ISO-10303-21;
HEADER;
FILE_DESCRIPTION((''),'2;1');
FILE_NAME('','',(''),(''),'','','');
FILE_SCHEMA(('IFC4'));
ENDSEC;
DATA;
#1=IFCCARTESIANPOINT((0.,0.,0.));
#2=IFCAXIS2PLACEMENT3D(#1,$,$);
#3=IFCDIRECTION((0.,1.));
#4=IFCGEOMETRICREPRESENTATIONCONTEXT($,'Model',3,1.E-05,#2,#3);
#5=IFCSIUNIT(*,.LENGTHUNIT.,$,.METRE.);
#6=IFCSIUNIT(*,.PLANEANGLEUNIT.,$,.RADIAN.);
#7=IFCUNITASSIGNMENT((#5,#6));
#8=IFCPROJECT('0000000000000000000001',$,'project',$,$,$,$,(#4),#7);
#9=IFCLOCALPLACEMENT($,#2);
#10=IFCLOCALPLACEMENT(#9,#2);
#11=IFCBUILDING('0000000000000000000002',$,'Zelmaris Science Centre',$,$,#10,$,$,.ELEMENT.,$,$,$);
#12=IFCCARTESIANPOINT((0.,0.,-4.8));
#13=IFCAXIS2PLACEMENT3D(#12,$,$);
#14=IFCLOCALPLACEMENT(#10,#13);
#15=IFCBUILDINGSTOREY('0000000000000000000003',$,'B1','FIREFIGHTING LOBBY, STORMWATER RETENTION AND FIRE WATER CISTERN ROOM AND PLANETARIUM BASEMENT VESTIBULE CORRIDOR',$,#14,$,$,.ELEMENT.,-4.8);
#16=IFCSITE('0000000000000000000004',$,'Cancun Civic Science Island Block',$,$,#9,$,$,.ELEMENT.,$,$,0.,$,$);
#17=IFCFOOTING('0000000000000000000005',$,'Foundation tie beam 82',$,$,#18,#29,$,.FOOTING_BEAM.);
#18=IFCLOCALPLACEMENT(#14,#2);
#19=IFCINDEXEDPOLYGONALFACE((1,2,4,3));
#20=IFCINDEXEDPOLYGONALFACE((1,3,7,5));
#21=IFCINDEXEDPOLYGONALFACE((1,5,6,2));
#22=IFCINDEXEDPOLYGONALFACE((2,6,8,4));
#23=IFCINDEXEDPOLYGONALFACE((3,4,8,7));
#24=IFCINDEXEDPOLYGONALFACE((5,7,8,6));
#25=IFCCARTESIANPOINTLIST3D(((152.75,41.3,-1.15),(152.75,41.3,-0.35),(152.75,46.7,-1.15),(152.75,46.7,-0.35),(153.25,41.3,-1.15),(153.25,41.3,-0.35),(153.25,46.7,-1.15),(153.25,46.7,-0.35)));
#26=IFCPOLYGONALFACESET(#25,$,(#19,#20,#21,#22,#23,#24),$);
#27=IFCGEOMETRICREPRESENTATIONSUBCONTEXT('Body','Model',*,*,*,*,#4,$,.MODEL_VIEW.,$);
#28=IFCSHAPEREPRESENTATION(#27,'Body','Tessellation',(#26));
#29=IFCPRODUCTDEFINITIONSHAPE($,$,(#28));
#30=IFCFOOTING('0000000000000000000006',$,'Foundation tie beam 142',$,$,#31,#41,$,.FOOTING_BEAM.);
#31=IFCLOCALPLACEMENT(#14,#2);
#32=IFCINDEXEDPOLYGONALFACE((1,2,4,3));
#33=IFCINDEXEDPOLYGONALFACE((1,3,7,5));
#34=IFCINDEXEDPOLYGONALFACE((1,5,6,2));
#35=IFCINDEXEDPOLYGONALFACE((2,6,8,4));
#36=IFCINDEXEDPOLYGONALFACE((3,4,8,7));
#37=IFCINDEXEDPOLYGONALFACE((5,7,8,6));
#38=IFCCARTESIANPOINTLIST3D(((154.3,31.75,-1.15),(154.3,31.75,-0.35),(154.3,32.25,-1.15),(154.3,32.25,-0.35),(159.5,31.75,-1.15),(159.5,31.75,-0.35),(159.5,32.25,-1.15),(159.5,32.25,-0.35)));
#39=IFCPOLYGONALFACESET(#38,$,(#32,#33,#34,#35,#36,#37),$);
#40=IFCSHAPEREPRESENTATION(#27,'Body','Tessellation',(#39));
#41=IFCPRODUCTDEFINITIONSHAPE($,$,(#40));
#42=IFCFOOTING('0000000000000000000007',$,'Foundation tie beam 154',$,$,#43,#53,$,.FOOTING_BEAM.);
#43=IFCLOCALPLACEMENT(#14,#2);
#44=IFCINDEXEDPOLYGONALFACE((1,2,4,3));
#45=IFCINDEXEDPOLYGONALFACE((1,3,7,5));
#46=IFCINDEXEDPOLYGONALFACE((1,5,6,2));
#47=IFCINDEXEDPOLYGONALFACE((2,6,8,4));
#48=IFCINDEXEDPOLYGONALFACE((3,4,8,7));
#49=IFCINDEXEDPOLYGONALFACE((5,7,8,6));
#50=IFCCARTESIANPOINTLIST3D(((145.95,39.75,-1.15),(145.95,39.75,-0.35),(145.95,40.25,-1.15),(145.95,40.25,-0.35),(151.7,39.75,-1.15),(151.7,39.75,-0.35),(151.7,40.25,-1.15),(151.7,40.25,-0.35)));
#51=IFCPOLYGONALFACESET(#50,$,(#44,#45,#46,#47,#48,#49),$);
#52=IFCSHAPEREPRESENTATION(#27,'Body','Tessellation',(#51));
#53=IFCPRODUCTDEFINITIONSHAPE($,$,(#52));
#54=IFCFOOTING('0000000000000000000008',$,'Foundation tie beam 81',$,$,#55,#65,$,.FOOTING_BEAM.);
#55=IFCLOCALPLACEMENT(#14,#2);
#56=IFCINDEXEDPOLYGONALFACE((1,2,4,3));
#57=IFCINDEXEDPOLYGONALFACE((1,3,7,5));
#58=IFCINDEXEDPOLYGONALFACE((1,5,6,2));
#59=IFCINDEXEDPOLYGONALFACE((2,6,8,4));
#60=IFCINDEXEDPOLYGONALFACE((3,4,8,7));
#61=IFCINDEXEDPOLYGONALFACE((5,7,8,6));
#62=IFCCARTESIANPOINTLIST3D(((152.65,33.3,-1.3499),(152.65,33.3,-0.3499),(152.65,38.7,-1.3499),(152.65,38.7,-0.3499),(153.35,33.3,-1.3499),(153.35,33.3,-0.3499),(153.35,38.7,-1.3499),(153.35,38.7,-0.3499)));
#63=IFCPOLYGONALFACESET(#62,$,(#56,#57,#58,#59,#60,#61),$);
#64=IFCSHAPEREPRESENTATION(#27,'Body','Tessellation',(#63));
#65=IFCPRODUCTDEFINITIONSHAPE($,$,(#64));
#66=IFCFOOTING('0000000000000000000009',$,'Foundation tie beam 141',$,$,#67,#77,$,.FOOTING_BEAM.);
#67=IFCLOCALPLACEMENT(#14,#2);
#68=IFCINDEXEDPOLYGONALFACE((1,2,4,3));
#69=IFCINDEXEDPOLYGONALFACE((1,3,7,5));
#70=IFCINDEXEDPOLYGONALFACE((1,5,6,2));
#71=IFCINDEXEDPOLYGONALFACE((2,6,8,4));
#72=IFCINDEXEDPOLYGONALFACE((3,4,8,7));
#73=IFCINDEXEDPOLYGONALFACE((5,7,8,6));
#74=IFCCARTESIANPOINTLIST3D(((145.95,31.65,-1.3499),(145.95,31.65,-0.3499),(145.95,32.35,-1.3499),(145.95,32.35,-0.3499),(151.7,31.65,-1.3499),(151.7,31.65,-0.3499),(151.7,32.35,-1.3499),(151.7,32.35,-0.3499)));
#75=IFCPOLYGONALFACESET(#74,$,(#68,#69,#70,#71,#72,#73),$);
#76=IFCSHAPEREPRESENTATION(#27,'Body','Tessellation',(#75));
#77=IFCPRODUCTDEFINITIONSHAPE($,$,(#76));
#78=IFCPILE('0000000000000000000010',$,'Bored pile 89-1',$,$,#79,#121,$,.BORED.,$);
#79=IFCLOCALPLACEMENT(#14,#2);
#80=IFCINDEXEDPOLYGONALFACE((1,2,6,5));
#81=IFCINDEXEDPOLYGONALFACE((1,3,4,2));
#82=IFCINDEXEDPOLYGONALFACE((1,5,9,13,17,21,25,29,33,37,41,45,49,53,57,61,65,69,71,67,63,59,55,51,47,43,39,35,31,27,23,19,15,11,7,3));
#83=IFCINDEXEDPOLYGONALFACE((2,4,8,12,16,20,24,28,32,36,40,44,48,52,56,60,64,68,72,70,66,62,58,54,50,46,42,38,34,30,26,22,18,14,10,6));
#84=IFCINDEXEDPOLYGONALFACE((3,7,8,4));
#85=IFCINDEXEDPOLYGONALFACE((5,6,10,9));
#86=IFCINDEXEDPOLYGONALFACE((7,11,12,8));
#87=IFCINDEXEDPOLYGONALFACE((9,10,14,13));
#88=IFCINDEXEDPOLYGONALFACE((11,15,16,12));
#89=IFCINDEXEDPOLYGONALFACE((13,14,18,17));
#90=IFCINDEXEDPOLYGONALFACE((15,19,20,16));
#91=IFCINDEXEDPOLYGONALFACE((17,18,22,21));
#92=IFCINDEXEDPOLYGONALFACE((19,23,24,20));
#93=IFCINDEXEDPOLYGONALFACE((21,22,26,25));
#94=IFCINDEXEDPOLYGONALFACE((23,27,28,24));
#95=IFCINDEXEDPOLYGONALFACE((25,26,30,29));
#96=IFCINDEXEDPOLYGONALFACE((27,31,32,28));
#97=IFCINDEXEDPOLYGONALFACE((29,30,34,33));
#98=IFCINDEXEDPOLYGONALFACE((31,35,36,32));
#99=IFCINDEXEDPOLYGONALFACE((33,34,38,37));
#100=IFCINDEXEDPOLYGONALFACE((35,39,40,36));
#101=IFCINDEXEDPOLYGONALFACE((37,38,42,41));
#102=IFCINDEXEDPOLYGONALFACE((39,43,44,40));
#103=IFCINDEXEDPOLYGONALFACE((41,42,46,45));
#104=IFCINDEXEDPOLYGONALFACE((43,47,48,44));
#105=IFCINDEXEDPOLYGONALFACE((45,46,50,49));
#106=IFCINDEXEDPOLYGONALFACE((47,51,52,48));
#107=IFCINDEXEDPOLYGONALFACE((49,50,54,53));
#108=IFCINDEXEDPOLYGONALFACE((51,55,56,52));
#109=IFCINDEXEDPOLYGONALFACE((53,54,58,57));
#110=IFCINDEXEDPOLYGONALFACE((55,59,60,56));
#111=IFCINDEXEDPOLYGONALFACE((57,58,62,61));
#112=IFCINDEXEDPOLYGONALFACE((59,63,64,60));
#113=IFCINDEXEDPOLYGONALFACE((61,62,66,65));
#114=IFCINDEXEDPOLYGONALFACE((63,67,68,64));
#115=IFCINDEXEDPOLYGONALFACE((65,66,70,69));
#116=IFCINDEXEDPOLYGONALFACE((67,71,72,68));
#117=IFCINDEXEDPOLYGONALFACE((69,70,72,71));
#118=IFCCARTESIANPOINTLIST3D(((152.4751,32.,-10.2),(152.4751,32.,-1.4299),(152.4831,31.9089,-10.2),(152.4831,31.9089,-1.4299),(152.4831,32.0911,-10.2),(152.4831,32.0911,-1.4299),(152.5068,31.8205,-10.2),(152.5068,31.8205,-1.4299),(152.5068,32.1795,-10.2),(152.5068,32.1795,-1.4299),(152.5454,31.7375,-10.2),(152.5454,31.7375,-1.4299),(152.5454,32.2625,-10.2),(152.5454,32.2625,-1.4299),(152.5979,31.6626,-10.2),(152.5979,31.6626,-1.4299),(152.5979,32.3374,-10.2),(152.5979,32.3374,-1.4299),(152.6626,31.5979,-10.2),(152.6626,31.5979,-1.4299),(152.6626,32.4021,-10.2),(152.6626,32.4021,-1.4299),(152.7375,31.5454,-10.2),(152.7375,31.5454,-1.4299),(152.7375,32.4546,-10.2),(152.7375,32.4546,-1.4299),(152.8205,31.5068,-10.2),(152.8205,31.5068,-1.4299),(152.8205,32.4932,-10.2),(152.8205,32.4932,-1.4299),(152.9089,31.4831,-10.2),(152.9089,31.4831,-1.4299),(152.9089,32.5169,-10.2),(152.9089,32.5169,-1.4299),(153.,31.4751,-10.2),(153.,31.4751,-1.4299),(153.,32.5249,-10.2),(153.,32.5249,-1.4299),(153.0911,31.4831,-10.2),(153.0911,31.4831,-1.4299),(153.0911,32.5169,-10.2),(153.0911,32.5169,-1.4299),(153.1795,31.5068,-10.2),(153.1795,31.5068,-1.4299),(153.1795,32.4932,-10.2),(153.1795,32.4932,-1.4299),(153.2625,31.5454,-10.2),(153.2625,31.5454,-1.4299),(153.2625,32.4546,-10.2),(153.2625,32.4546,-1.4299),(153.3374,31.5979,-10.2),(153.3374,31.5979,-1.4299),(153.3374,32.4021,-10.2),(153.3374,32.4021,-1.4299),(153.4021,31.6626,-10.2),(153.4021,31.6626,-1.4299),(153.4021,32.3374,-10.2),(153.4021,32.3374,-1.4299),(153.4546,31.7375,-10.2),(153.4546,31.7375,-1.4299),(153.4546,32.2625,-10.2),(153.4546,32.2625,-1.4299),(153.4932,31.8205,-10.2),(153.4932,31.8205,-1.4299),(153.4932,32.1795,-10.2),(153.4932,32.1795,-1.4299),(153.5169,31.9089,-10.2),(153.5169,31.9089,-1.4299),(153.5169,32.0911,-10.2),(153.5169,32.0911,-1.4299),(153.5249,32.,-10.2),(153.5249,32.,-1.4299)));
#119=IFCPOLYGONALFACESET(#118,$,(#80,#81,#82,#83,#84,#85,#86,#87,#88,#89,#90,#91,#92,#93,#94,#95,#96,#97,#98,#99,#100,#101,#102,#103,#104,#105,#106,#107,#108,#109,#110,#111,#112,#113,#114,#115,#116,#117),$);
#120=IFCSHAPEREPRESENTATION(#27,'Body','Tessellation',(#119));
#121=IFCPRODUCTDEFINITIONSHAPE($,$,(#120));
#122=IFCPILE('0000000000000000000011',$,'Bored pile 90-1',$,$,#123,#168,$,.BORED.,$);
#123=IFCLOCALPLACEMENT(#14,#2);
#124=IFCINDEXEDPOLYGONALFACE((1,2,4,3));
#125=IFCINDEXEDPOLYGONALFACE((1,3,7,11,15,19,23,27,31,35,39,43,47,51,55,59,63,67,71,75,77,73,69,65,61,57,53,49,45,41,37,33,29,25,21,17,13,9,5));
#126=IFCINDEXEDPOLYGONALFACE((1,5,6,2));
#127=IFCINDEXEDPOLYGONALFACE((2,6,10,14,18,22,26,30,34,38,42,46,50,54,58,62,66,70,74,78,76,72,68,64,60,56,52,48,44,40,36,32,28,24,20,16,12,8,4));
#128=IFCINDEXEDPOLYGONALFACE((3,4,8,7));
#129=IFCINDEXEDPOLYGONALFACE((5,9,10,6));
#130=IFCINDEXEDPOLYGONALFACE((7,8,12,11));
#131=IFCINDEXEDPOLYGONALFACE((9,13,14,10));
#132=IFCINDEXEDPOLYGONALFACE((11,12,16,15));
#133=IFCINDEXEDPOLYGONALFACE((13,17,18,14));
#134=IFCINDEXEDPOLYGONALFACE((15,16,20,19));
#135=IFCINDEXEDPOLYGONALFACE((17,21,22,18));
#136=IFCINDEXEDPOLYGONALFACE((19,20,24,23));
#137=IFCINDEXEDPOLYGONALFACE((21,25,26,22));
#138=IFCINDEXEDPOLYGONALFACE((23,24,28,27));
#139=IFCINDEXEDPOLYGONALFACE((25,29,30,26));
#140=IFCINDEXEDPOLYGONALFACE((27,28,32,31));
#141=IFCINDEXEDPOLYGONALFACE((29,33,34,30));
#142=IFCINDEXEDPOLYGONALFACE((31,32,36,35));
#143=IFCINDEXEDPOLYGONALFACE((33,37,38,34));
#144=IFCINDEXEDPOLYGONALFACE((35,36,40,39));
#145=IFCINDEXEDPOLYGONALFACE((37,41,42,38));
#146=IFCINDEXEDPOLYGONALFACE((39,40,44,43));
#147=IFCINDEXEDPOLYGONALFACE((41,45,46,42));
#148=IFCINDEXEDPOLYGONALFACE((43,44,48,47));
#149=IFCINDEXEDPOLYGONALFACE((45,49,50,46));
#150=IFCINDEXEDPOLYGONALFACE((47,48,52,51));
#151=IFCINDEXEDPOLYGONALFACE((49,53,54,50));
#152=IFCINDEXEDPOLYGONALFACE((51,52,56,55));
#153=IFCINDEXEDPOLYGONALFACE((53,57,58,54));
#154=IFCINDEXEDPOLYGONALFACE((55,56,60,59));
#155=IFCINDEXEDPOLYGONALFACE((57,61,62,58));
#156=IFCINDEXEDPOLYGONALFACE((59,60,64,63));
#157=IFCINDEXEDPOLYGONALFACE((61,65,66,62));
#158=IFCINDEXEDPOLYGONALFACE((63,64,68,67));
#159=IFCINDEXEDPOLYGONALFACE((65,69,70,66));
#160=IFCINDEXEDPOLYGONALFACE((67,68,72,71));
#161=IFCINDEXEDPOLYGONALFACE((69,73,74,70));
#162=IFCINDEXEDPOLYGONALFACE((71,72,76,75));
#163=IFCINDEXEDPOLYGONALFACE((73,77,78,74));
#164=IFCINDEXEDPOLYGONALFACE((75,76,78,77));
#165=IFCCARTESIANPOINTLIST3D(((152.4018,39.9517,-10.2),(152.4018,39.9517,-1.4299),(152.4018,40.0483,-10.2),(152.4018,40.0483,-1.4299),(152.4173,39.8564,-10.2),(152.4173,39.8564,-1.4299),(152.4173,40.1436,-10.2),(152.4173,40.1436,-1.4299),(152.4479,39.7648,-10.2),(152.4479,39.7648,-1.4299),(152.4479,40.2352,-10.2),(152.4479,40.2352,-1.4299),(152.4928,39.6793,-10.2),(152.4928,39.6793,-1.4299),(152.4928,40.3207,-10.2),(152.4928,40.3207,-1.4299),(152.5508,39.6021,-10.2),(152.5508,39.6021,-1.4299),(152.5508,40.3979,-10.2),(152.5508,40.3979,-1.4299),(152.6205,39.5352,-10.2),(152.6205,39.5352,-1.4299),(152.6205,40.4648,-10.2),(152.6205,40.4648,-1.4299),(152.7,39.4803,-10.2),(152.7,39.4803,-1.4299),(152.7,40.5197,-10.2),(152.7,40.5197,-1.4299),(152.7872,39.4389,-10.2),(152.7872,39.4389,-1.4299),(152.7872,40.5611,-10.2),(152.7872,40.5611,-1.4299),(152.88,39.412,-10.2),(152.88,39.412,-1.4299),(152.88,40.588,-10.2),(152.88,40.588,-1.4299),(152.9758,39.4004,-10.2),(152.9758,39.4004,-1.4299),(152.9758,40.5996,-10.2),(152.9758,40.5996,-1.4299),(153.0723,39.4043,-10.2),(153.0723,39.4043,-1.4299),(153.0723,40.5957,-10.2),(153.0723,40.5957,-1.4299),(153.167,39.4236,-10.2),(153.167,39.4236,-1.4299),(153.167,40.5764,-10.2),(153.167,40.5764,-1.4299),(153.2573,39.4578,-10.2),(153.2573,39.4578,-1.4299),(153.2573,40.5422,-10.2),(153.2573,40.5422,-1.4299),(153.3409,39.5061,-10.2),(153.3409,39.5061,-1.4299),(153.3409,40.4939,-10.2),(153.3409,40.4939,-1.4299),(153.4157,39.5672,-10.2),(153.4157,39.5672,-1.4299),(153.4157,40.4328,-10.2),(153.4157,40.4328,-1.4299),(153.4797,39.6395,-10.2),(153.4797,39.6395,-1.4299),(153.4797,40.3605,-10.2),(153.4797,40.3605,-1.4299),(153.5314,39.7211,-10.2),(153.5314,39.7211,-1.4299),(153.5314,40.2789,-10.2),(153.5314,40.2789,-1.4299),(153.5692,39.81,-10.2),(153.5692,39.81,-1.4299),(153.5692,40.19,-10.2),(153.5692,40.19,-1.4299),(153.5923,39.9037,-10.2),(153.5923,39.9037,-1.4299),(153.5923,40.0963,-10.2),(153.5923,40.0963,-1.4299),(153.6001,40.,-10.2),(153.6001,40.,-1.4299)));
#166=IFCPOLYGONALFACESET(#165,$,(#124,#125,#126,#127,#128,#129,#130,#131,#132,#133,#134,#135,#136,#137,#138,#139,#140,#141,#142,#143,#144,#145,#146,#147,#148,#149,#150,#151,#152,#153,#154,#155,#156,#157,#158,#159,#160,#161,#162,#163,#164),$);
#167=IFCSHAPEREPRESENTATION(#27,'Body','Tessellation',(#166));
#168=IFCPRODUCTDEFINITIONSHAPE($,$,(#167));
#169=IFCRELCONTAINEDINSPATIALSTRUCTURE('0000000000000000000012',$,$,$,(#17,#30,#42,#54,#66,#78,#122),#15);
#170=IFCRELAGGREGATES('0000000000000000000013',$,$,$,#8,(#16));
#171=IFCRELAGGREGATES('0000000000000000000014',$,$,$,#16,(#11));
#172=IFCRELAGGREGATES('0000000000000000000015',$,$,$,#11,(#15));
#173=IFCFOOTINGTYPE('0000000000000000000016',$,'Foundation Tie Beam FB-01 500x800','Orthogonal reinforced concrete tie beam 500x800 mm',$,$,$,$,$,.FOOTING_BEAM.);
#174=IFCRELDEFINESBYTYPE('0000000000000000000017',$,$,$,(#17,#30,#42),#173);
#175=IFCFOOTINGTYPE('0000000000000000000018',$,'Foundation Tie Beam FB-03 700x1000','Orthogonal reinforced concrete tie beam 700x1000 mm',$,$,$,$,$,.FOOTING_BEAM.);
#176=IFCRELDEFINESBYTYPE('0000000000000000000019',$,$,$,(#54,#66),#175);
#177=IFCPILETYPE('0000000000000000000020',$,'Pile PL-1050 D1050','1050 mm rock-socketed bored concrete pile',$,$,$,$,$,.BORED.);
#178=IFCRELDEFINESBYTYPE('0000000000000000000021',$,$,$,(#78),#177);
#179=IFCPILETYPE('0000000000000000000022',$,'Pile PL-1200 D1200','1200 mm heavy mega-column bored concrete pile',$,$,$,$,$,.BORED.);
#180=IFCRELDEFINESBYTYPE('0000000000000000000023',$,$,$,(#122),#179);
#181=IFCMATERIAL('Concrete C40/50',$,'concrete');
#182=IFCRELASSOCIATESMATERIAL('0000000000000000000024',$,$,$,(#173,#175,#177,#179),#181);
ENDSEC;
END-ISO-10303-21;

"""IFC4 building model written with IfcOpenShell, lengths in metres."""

from ifc_helpers import new_model, si_unit, direction, frame, origin, origin_2d, place, context, subcontext, project, spatial, rectangle, circle, extrude, material, material_profile, profile_set, type_object, element, save


model = new_model("IFC4")

# Units and contexts
model_context = context("Model", 3, precision=1e-05, world=origin(), true_north=direction((0.0, 1.0)))
body_context = subcontext(model_context, "Body", "Model", "MODEL_VIEW")
ifc_project = project(units=[si_unit("LENGTHUNIT", "METRE"), si_unit("PLANEANGLEUNIT", "RADIAN")], contexts=[model_context])

# Site, building, storey
site_placement = place(None, origin())
site = spatial("IfcSite", under=ifc_project, at=site_placement, Name="Cancun Civic Science Island Block", CompositionType="ELEMENT", RefElevation=0.0)
building_placement = place(site_placement, origin())
building = spatial("IfcBuilding", under=site, at=building_placement, Name="Zelmaris Science Centre", CompositionType="ELEMENT")
storey_placement = place(building_placement, frame((0.0, 0.0, -4.8)))
storey = spatial("IfcBuildingStorey", under=building, at=storey_placement, Name="B1", Description="FIREFIGHTING LOBBY, STORMWATER RETENTION AND FIRE WATER CISTERN ROOM AND PLANETARIUM BASEMENT VESTIBULE CORRIDOR", CompositionType="ELEMENT", Elevation=-4.8)

# Footings
ifc_material_1 = material(Name="Concrete C40/50", Category="concrete")
ifc_material_profile_1 = material_profile(ifc_material_1, rectangle(XDim=0.5, YDim=0.8, at=origin_2d()), Name="FB-500X800")
ifc_profile_set_1 = profile_set([ifc_material_profile_1], Name="Concrete C40/50")
footing_type_1 = type_object("IfcFootingType", Name="Foundation Tie Beam FB-01 500x800", Description="Orthogonal reinforced concrete tie beam 500x800 mm", PredefinedType="FOOTING_BEAM", material=ifc_profile_set_1)
footing_1_placement = place(storey_placement, frame((153.0, 41.3, -0.75), z_axis=(0.0, 1.0, 0.0), x_axis=(-1.0, 0.0, 0.0)))
element("IfcFooting", 1, at=footing_1_placement, inside=storey, type_object=footing_type_1, Name="Foundation tie beam 82", PredefinedType="FOOTING_BEAM", context=body_context, shape_type="SweptSolid", body=[
    extrude(rectangle(XDim=0.5, YDim=0.8, at=origin_2d()), origin(), (0.0, 0.0, 1.0), 5.3999),
])
footing_2_placement = place(storey_placement, frame((154.3, 32.0, -0.75), z_axis=(1.0, 0.0, 0.0), x_axis=(0.0, 1.0, 0.0)))
element("IfcFooting", 2, at=footing_2_placement, inside=storey, type_object=footing_type_1, Name="Foundation tie beam 142", PredefinedType="FOOTING_BEAM", context=body_context, shape_type="SweptSolid", body=[
    extrude(rectangle(XDim=0.5, YDim=0.8, at=origin_2d()), origin(), (0.0, 0.0, 1.0), 5.2),
])
footing_3_placement = place(storey_placement, frame((145.95, 40.0, -0.75), z_axis=(1.0, 0.0, 0.0), x_axis=(0.0, 1.0, 0.0)))
element("IfcFooting", 3, at=footing_3_placement, inside=storey, type_object=footing_type_1, Name="Foundation tie beam 154", PredefinedType="FOOTING_BEAM", context=body_context, shape_type="SweptSolid", body=[
    extrude(rectangle(XDim=0.5, YDim=0.8, at=origin_2d()), origin(), (0.0, 0.0, 1.0), 5.75),
])
ifc_material_profile_2 = material_profile(ifc_material_1, rectangle(XDim=0.7, YDim=1.0, at=origin_2d()), Name="FB-700X1000")
ifc_profile_set_2 = profile_set([ifc_material_profile_2], Name="Concrete C40/50")
footing_type_2 = type_object("IfcFootingType", Name="Foundation Tie Beam FB-03 700x1000", Description="Orthogonal reinforced concrete tie beam 700x1000 mm", PredefinedType="FOOTING_BEAM", material=ifc_profile_set_2)
footing_4_placement = place(storey_placement, frame((153.0, 33.3, -0.8499), z_axis=(0.0, 1.0, 0.0), x_axis=(-1.0, 0.0, 0.0)))
element("IfcFooting", 4, at=footing_4_placement, inside=storey, type_object=footing_type_2, Name="Foundation tie beam 81", PredefinedType="FOOTING_BEAM", context=body_context, shape_type="SweptSolid", body=[
    extrude(rectangle(XDim=0.7, YDim=1.0, at=origin_2d()), origin(), (0.0, 0.0, 1.0), 5.3999),
])
footing_5_placement = place(storey_placement, frame((145.95, 32.0, -0.8499), z_axis=(1.0, 0.0, 0.0), x_axis=(0.0, 1.0, 0.0)))
element("IfcFooting", 5, at=footing_5_placement, inside=storey, type_object=footing_type_2, Name="Foundation tie beam 141", PredefinedType="FOOTING_BEAM", context=body_context, shape_type="SweptSolid", body=[
    extrude(rectangle(XDim=0.7, YDim=1.0, at=origin_2d()), origin(), (0.0, 0.0, 1.0), 5.75),
])

# Piles
ifc_material_profile_3 = material_profile(ifc_material_1, circle(Radius=0.5249, at=origin_2d()), Name="PILE-1050")
ifc_profile_set_3 = profile_set([ifc_material_profile_3], Name="Concrete C40/50")
pile_type_1 = type_object("IfcPileType", Name="Pile PL-1050 D1050", Description="1050 mm rock-socketed bored concrete pile", PredefinedType="BORED", material=ifc_profile_set_3)
pile_1_placement = place(storey_placement, frame((153.0, 32.0, -1.4299), z_axis=(0.0, 0.0, -1.0), x_axis=(1.0, 0.0, 0.0)))
element("IfcPile", 6, at=pile_1_placement, inside=storey, type_object=pile_type_1, Name="Bored pile 89-1", PredefinedType="BORED", context=body_context, shape_type="SweptSolid", body=[
    extrude(circle(Radius=0.5249, at=origin_2d()), origin(), (0.0, 0.0, 1.0), 8.77),
])
ifc_material_profile_4 = material_profile(ifc_material_1, circle(Radius=0.6001, at=origin_2d()), Name="PILE-1200")
ifc_profile_set_4 = profile_set([ifc_material_profile_4], Name="Concrete C40/50")
pile_type_2 = type_object("IfcPileType", Name="Pile PL-1200 D1200", Description="1200 mm heavy mega-column bored concrete pile", PredefinedType="BORED", material=ifc_profile_set_4)
pile_2_placement = place(storey_placement, frame((153.0, 40.0, -1.4299), z_axis=(0.0, 0.0, -1.0), x_axis=(1.0, 0.0, 0.0)))
element("IfcPile", 7, at=pile_2_placement, inside=storey, type_object=pile_type_2, Name="Bored pile 90-1", PredefinedType="BORED", context=body_context, shape_type="SweptSolid", body=[
    extrude(circle(Radius=0.6001, at=origin_2d()), origin(), (0.0, 0.0, 1.0), 8.77),
])

save(model, "model.ifc")
